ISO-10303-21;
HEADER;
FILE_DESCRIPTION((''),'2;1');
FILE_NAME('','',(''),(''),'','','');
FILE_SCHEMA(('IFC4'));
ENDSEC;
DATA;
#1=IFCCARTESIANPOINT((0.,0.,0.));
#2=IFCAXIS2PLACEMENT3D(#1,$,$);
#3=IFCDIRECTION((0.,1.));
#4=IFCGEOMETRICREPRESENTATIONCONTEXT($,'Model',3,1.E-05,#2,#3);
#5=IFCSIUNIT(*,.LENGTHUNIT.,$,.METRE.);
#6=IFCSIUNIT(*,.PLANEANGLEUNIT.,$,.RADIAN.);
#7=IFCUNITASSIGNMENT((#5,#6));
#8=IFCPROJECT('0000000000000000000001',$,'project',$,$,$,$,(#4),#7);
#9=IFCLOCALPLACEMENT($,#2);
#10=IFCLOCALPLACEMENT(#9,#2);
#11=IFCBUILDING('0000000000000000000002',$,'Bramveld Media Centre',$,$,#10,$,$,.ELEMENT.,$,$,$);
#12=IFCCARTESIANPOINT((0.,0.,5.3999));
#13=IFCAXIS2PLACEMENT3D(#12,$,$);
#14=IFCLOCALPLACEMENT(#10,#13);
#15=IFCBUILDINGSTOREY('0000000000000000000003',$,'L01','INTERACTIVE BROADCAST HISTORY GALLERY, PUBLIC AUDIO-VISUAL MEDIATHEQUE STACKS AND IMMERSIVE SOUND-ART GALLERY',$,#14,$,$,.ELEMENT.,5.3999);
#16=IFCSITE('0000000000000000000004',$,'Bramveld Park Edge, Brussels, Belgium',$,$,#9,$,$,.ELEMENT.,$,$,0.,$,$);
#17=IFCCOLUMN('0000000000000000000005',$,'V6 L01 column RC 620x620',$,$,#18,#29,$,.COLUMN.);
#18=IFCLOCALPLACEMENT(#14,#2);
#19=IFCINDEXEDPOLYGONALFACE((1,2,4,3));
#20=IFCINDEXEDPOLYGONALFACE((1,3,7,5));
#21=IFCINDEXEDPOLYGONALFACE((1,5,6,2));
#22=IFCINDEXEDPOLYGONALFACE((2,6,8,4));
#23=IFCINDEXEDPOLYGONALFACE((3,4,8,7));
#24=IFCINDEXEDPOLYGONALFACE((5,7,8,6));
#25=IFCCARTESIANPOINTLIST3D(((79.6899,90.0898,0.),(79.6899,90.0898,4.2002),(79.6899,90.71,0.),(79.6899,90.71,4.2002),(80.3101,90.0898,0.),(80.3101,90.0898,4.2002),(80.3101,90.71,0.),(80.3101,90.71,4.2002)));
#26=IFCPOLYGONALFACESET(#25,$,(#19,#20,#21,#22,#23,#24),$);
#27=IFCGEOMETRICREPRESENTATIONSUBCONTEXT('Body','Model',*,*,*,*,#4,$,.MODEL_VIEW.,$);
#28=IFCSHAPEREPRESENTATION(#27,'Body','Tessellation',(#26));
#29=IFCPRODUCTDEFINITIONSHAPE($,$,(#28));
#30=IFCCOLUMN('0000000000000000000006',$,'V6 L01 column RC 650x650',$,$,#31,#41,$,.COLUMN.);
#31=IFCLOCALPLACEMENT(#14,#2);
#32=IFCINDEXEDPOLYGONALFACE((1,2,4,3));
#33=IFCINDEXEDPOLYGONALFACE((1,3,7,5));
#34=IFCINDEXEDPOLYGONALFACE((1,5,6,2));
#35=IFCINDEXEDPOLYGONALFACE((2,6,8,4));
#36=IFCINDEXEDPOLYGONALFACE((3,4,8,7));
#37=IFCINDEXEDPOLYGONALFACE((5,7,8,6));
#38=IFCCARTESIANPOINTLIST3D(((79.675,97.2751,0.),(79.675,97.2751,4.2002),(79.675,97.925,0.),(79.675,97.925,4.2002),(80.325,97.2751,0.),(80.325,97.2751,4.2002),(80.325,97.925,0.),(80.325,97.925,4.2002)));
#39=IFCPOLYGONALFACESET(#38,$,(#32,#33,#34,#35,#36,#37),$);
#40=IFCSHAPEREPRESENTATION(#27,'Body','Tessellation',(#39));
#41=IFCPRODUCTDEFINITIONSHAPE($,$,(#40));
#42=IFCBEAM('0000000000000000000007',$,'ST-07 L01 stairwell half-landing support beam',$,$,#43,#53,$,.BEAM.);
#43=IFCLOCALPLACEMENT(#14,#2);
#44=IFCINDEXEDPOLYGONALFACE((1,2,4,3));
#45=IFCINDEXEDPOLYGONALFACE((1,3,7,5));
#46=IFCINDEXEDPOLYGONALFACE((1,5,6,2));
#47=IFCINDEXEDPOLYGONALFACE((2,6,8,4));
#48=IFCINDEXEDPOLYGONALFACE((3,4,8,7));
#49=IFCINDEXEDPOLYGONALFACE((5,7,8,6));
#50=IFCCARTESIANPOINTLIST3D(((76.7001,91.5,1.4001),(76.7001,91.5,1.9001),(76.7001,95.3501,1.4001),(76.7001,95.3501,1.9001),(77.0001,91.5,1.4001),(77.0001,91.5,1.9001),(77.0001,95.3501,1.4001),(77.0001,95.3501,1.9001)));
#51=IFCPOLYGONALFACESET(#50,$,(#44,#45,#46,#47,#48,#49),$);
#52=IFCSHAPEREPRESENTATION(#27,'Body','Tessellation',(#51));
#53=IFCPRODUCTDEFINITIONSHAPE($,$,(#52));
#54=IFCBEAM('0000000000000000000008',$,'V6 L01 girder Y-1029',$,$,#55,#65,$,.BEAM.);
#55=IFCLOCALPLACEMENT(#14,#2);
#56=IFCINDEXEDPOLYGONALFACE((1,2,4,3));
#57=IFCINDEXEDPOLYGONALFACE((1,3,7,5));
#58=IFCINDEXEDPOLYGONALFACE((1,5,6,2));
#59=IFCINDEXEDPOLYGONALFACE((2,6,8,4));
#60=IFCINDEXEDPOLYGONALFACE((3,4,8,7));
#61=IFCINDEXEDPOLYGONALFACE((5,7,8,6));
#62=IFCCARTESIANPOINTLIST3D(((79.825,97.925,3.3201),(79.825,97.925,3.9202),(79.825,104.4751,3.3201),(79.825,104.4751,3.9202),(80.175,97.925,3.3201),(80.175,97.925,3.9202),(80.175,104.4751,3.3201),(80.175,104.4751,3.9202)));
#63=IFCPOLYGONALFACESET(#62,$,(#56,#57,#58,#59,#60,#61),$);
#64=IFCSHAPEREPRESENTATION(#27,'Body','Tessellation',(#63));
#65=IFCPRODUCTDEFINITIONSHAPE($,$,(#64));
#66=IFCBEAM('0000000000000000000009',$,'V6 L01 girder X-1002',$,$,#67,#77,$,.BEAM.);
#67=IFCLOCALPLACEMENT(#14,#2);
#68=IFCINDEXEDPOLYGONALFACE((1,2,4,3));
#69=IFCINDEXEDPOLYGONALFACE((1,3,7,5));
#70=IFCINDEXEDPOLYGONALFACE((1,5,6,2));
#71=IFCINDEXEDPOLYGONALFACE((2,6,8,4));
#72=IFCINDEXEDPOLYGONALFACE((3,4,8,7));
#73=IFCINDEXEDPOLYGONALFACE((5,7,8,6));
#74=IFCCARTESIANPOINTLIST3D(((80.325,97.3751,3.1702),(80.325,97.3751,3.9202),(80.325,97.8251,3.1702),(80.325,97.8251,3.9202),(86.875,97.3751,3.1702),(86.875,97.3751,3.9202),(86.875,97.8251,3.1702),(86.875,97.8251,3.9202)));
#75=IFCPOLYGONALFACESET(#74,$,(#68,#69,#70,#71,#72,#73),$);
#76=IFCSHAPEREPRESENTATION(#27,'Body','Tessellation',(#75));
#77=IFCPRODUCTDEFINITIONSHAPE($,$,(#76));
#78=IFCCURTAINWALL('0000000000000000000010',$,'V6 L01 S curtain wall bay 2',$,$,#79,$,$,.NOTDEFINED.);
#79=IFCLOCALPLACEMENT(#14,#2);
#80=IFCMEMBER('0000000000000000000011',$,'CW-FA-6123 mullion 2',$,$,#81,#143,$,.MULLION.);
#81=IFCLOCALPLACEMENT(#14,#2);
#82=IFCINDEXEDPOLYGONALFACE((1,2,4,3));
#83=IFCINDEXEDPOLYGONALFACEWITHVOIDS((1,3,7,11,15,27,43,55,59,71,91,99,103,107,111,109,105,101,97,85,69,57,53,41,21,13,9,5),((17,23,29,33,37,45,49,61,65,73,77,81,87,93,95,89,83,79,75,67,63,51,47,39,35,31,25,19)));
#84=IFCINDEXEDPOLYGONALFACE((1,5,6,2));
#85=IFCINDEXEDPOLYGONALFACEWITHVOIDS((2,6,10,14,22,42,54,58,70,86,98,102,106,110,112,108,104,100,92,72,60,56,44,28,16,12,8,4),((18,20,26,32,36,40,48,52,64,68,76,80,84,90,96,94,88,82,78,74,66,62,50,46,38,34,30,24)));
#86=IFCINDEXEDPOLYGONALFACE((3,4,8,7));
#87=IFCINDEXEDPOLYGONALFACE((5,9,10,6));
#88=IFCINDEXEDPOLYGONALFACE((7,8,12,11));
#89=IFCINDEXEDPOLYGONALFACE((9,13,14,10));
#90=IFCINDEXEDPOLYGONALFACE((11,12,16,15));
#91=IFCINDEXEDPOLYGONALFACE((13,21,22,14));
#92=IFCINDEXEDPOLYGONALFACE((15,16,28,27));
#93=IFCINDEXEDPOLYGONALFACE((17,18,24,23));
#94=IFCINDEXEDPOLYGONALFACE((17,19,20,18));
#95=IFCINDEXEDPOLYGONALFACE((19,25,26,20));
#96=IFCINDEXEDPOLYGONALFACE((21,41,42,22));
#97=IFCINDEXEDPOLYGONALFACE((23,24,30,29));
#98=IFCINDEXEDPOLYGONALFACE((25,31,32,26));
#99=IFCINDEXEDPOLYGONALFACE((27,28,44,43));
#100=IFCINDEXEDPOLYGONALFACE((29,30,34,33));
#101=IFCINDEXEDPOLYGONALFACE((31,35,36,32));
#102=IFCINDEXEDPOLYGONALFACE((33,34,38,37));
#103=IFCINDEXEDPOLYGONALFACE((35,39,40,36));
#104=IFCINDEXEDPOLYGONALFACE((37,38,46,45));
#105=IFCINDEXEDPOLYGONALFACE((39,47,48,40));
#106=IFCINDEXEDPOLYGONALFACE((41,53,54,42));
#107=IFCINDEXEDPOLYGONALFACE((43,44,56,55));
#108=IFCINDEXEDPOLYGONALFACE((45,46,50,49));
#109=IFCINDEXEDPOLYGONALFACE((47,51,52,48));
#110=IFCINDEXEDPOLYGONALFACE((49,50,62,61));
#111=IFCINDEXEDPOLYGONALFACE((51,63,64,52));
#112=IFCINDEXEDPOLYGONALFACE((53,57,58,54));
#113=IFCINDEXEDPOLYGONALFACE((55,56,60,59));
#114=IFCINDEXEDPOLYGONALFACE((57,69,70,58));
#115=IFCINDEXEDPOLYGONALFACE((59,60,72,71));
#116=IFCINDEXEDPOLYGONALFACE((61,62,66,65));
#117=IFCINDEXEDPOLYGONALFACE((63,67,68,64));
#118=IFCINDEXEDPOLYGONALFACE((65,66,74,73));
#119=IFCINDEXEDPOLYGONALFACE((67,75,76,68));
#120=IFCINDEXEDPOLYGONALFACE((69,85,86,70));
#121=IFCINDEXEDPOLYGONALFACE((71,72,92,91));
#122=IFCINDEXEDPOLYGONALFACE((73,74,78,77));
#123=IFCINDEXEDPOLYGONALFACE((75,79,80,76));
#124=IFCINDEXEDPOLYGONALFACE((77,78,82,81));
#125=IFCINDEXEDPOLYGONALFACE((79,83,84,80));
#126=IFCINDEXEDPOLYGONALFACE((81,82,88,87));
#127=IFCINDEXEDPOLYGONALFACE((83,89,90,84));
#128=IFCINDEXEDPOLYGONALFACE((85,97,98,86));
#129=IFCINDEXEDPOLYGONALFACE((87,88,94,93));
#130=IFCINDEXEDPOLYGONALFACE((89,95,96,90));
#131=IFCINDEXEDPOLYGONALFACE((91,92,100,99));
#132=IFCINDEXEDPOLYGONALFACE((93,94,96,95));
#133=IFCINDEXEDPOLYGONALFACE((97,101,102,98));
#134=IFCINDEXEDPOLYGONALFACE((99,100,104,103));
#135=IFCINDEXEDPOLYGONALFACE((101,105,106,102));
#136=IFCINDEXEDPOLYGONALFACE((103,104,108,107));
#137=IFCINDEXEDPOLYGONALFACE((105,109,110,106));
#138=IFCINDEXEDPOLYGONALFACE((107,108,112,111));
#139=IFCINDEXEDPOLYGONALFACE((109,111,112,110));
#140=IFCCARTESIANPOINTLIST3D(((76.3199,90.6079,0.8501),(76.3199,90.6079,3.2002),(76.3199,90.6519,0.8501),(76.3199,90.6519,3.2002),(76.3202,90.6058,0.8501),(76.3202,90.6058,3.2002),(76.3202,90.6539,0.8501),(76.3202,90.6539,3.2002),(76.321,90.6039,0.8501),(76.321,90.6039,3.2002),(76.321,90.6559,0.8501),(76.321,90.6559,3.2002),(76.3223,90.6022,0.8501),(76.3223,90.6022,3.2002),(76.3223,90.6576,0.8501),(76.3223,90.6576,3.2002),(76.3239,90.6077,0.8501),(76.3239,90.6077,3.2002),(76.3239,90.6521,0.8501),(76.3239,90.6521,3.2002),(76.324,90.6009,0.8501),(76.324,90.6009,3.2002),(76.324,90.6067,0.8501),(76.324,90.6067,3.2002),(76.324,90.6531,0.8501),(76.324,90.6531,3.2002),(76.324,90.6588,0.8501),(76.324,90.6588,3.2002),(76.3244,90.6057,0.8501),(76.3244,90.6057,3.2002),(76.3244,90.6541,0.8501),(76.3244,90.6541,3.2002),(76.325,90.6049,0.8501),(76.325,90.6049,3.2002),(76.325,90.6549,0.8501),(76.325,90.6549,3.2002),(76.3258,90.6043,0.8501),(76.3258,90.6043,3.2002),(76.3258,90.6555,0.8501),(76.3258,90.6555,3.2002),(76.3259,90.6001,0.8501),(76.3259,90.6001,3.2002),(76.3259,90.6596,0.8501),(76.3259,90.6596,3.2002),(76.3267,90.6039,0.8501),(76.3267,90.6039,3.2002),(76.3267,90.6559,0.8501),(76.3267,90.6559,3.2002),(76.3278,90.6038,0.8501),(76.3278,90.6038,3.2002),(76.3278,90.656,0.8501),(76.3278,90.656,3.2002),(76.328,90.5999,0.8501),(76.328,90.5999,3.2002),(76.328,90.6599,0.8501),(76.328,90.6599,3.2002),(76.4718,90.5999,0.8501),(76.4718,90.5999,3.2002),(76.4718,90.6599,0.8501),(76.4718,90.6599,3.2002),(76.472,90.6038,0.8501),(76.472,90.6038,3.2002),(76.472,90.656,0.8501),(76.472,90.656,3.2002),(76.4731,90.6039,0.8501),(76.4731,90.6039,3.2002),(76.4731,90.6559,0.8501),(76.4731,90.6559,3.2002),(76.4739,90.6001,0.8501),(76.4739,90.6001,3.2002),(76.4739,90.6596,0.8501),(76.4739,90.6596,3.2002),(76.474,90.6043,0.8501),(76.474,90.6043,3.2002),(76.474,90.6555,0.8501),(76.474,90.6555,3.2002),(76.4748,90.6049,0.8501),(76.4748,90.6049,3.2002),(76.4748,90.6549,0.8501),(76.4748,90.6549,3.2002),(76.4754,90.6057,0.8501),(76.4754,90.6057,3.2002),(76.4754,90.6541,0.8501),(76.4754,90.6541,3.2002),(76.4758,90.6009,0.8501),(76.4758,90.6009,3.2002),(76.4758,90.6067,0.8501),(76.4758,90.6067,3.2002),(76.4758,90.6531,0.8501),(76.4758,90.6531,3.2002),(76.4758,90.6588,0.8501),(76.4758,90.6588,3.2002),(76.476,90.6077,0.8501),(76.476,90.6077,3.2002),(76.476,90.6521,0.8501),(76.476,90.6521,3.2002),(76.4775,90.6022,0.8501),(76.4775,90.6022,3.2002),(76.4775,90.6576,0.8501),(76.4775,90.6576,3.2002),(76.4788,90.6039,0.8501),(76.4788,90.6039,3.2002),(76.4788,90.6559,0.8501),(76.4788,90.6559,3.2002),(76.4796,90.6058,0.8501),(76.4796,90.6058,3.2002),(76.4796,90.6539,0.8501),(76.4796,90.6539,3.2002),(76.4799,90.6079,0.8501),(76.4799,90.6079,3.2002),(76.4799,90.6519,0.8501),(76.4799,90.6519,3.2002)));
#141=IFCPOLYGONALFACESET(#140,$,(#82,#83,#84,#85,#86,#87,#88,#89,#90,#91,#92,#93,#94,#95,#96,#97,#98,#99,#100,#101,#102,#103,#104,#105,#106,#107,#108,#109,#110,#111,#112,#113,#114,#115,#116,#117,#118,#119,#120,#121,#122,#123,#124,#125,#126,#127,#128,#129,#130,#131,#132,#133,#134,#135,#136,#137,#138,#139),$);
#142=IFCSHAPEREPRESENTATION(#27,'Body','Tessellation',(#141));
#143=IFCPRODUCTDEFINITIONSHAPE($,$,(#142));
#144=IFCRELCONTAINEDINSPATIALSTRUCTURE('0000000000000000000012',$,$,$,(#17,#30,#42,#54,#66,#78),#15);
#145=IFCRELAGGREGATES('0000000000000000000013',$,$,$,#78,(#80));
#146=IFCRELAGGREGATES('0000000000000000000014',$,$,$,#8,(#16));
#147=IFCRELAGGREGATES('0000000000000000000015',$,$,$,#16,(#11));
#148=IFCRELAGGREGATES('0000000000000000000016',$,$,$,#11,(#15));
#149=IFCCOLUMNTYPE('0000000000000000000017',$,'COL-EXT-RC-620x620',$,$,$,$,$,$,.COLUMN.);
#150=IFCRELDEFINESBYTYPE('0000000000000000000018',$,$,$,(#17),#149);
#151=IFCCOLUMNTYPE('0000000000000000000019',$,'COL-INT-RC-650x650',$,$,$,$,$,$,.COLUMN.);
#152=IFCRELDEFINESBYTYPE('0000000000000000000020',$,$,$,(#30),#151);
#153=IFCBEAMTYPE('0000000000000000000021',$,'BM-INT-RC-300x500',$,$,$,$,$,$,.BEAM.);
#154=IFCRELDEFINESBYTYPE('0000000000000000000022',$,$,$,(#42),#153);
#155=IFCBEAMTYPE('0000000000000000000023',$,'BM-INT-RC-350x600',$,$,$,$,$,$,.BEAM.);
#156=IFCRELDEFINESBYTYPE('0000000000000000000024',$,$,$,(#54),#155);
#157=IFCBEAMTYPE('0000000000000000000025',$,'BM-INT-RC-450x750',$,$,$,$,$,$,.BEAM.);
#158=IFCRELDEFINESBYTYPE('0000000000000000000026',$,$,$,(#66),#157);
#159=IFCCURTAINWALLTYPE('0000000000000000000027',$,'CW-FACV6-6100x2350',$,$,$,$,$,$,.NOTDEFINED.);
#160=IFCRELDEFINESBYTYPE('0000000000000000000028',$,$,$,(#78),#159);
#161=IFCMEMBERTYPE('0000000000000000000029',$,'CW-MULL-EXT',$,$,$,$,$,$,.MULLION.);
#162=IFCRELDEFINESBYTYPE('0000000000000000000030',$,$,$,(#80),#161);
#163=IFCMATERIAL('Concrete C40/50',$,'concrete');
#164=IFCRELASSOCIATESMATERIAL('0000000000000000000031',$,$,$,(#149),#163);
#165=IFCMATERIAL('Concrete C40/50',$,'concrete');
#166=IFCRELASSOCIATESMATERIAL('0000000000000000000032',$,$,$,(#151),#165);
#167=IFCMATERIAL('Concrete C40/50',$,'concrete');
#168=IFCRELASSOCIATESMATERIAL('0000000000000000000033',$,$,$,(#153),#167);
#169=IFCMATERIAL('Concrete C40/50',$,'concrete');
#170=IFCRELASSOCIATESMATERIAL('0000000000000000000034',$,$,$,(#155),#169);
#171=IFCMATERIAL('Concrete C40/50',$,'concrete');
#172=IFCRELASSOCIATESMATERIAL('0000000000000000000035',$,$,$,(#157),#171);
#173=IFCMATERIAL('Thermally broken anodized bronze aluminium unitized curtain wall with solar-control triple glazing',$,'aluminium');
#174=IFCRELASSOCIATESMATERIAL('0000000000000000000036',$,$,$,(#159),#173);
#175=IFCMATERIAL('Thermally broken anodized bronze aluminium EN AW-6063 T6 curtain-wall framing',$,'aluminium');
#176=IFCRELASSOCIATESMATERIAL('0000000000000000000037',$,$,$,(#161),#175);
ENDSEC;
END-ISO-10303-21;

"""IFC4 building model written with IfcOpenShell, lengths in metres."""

from ifc_helpers import new_model, si_unit, direction, frame, origin, origin_2d, place, context, subcontext, project, spatial, rectangle, hollow_rectangle, extrude, material, material_profile, profile_set, type_object, element, aggregate, save


model = new_model("IFC4")

# Units and contexts
model_context = context("Model", 3, precision=1e-05, world=origin(), true_north=direction((0.0, 1.0)))
body_context = subcontext(model_context, "Body", "Model", "MODEL_VIEW")
ifc_project = project(units=[si_unit("LENGTHUNIT", "METRE"), si_unit("PLANEANGLEUNIT", "RADIAN")], contexts=[model_context])

# Site, building, storey
site_placement = place(None, origin())
site = spatial("IfcSite", under=ifc_project, at=site_placement, Name="Bramveld Park Edge, Brussels, Belgium", CompositionType="ELEMENT", RefElevation=0.0)
building_placement = place(site_placement, origin())
building = spatial("IfcBuilding", under=site, at=building_placement, Name="Bramveld Media Centre", CompositionType="ELEMENT")
storey_placement = place(building_placement, frame((0.0, 0.0, 5.3999)))
storey = spatial("IfcBuildingStorey", under=building, at=storey_placement, Name="L01", Description="INTERACTIVE BROADCAST HISTORY GALLERY, PUBLIC AUDIO-VISUAL MEDIATHEQUE STACKS AND IMMERSIVE SOUND-ART GALLERY", CompositionType="ELEMENT", Elevation=5.3999)

# Columns
ifc_material_1 = material(Name="Concrete C40/50", Category="concrete")
ifc_material_profile_1 = material_profile(ifc_material_1, rectangle(XDim=0.6201, YDim=0.6201, at=origin_2d()), Name="RC 620x620")
ifc_profile_set_1 = profile_set([ifc_material_profile_1], Name="Concrete C40/50")
column_type_1 = type_object("IfcColumnType", Name="COL-EXT-RC-620x620", PredefinedType="COLUMN", material=ifc_profile_set_1)
column_1_placement = place(storey_placement, frame((80.0, 90.3999, 0.0), z_axis=(0.0, 0.0, 1.0), x_axis=(1.0, 0.0, 0.0)))
element("IfcColumn", 1, at=column_1_placement, inside=storey, type_object=column_type_1, Name="V6 L01 column RC 620x620", PredefinedType="COLUMN", context=body_context, shape_type="SweptSolid", body=[
    extrude(rectangle(XDim=0.6201, YDim=0.6201, at=origin_2d()), origin(), (0.0, 0.0, 1.0), 4.2002),
])
ifc_material_2 = material(Name="Concrete C40/50", Category="concrete")
ifc_material_profile_2 = material_profile(ifc_material_2, rectangle(XDim=0.6499, YDim=0.6499, at=origin_2d()), Name="RC 650x650")
ifc_profile_set_2 = profile_set([ifc_material_profile_2], Name="Concrete C40/50")
column_type_2 = type_object("IfcColumnType", Name="COL-INT-RC-650x650", PredefinedType="COLUMN", material=ifc_profile_set_2)
column_2_placement = place(storey_placement, frame((80.0, 97.6001, 0.0), z_axis=(0.0, 0.0, 1.0), x_axis=(1.0, 0.0, 0.0)))
element("IfcColumn", 2, at=column_2_placement, inside=storey, type_object=column_type_2, Name="V6 L01 column RC 650x650", PredefinedType="COLUMN", context=body_context, shape_type="SweptSolid", body=[
    extrude(rectangle(XDim=0.6499, YDim=0.6499, at=origin_2d()), origin(), (0.0, 0.0, 1.0), 4.2002),
])

# Beams
ifc_material_3 = material(Name="Concrete C40/50", Category="concrete")
ifc_material_profile_3 = material_profile(ifc_material_3, rectangle(XDim=0.3, YDim=0.5, at=origin_2d()), Name="RC 300x500")
ifc_profile_set_3 = profile_set([ifc_material_profile_3], Name="Concrete C40/50")
beam_type_1 = type_object("IfcBeamType", Name="BM-INT-RC-300x500", PredefinedType="BEAM", material=ifc_profile_set_3)
beam_1_placement = place(storey_placement, frame((76.8501, 91.5, 1.6501), z_axis=(0.0, 1.0, 0.0), x_axis=(-1.0, 0.0, 0.0)))
element("IfcBeam", 3, at=beam_1_placement, inside=storey, type_object=beam_type_1, Name="ST-07 L01 stairwell half-landing support beam", PredefinedType="BEAM", context=body_context, shape_type="SweptSolid", body=[
    extrude(rectangle(XDim=0.3, YDim=0.5, at=origin_2d()), origin(), (0.0, 0.0, 1.0), 3.8501),
])
ifc_material_4 = material(Name="Concrete C40/50", Category="concrete")
ifc_material_profile_4 = material_profile(ifc_material_4, rectangle(XDim=0.3501, YDim=0.6001, at=origin_2d()), Name="RC 350x600")
ifc_profile_set_4 = profile_set([ifc_material_profile_4], Name="Concrete C40/50")
beam_type_2 = type_object("IfcBeamType", Name="BM-INT-RC-350x600", PredefinedType="BEAM", material=ifc_profile_set_4)
beam_2_placement = place(storey_placement, frame((80.0, 97.925, 3.6201), z_axis=(0.0, 1.0, 0.0), x_axis=(-1.0, 0.0, 0.0)))
element("IfcBeam", 4, at=beam_2_placement, inside=storey, type_object=beam_type_2, Name="V6 L01 girder Y-1029", PredefinedType="BEAM", context=body_context, shape_type="SweptSolid", body=[
    extrude(rectangle(XDim=0.3501, YDim=0.6001, at=origin_2d()), origin(), (0.0, 0.0, 1.0), 6.55),
])
ifc_material_5 = material(Name="Concrete C40/50", Category="concrete")
ifc_material_profile_5 = material_profile(ifc_material_5, rectangle(XDim=0.45, YDim=0.75, at=origin_2d()), Name="RC 450x750")
ifc_profile_set_5 = profile_set([ifc_material_profile_5], Name="Concrete C40/50")
beam_type_3 = type_object("IfcBeamType", Name="BM-INT-RC-450x750", PredefinedType="BEAM", material=ifc_profile_set_5)
beam_3_placement = place(storey_placement, frame((80.325, 97.6001, 3.5452), z_axis=(1.0, 0.0, 0.0), x_axis=(0.0, 1.0, 0.0)))
element("IfcBeam", 5, at=beam_3_placement, inside=storey, type_object=beam_type_3, Name="V6 L01 girder X-1002", PredefinedType="BEAM", context=body_context, shape_type="SweptSolid", body=[
    extrude(rectangle(XDim=0.45, YDim=0.75, at=origin_2d()), origin(), (0.0, 0.0, 1.0), 6.55),
])

# Curtain wall, member
ifc_material_6 = material(Name="Thermally broken anodized bronze aluminium unitized curtain wall with solar-control triple glazing", Category="aluminium")
curtain_wall_type = type_object("IfcCurtainWallType", Name="CW-FACV6-6100x2350", PredefinedType="NOTDEFINED", material=ifc_material_6)
curtain_wall_1_placement = place(storey_placement, origin())
curtain_wall_1 = element("IfcCurtainWall", 6, at=curtain_wall_1_placement, inside=storey, type_object=curtain_wall_type, Name="V6 L01 S curtain wall bay 2", PredefinedType="NOTDEFINED")
ifc_material_7 = material(Name="Thermally broken anodized bronze aluminium EN AW-6063 T6 curtain-wall framing", Category="aluminium")
ifc_material_profile_6 = material_profile(ifc_material_7, hollow_rectangle(XDim=0.0601, YDim=0.1599, WallThickness=0.0039, InnerFilletRadius=0.0039, OuterFilletRadius=0.0081, at=origin_2d()), Name="AL-MULL 60x160")
ifc_profile_set_6 = profile_set([ifc_material_profile_6], Name="Thermally broken anodized bronze aluminium EN AW-6063 T6 curtain-wall framing")
member_type_1 = type_object("IfcMemberType", Name="CW-MULL-EXT", PredefinedType="MULLION", material=ifc_profile_set_6)
member_1_placement = place(storey_placement, frame((76.3999, 90.6299, 0.8501), z_axis=(0.0, 0.0, 1.0), x_axis=(0.0, 1.0, 0.0)))
member_1 = element("IfcMember", 7, at=member_1_placement, type_object=member_type_1, Name="CW-FA-6123 mullion 2", PredefinedType="MULLION", context=body_context, shape_type="SweptSolid", body=[
    extrude(hollow_rectangle(XDim=0.0601, YDim=0.1599, WallThickness=0.0039, InnerFilletRadius=0.0039, OuterFilletRadius=0.0081, at=origin_2d()), origin(), (0.0, 0.0, 1.0), 2.3501),
])

aggregate(curtain_wall_1, [member_1])

save(model, "model.ifc")
